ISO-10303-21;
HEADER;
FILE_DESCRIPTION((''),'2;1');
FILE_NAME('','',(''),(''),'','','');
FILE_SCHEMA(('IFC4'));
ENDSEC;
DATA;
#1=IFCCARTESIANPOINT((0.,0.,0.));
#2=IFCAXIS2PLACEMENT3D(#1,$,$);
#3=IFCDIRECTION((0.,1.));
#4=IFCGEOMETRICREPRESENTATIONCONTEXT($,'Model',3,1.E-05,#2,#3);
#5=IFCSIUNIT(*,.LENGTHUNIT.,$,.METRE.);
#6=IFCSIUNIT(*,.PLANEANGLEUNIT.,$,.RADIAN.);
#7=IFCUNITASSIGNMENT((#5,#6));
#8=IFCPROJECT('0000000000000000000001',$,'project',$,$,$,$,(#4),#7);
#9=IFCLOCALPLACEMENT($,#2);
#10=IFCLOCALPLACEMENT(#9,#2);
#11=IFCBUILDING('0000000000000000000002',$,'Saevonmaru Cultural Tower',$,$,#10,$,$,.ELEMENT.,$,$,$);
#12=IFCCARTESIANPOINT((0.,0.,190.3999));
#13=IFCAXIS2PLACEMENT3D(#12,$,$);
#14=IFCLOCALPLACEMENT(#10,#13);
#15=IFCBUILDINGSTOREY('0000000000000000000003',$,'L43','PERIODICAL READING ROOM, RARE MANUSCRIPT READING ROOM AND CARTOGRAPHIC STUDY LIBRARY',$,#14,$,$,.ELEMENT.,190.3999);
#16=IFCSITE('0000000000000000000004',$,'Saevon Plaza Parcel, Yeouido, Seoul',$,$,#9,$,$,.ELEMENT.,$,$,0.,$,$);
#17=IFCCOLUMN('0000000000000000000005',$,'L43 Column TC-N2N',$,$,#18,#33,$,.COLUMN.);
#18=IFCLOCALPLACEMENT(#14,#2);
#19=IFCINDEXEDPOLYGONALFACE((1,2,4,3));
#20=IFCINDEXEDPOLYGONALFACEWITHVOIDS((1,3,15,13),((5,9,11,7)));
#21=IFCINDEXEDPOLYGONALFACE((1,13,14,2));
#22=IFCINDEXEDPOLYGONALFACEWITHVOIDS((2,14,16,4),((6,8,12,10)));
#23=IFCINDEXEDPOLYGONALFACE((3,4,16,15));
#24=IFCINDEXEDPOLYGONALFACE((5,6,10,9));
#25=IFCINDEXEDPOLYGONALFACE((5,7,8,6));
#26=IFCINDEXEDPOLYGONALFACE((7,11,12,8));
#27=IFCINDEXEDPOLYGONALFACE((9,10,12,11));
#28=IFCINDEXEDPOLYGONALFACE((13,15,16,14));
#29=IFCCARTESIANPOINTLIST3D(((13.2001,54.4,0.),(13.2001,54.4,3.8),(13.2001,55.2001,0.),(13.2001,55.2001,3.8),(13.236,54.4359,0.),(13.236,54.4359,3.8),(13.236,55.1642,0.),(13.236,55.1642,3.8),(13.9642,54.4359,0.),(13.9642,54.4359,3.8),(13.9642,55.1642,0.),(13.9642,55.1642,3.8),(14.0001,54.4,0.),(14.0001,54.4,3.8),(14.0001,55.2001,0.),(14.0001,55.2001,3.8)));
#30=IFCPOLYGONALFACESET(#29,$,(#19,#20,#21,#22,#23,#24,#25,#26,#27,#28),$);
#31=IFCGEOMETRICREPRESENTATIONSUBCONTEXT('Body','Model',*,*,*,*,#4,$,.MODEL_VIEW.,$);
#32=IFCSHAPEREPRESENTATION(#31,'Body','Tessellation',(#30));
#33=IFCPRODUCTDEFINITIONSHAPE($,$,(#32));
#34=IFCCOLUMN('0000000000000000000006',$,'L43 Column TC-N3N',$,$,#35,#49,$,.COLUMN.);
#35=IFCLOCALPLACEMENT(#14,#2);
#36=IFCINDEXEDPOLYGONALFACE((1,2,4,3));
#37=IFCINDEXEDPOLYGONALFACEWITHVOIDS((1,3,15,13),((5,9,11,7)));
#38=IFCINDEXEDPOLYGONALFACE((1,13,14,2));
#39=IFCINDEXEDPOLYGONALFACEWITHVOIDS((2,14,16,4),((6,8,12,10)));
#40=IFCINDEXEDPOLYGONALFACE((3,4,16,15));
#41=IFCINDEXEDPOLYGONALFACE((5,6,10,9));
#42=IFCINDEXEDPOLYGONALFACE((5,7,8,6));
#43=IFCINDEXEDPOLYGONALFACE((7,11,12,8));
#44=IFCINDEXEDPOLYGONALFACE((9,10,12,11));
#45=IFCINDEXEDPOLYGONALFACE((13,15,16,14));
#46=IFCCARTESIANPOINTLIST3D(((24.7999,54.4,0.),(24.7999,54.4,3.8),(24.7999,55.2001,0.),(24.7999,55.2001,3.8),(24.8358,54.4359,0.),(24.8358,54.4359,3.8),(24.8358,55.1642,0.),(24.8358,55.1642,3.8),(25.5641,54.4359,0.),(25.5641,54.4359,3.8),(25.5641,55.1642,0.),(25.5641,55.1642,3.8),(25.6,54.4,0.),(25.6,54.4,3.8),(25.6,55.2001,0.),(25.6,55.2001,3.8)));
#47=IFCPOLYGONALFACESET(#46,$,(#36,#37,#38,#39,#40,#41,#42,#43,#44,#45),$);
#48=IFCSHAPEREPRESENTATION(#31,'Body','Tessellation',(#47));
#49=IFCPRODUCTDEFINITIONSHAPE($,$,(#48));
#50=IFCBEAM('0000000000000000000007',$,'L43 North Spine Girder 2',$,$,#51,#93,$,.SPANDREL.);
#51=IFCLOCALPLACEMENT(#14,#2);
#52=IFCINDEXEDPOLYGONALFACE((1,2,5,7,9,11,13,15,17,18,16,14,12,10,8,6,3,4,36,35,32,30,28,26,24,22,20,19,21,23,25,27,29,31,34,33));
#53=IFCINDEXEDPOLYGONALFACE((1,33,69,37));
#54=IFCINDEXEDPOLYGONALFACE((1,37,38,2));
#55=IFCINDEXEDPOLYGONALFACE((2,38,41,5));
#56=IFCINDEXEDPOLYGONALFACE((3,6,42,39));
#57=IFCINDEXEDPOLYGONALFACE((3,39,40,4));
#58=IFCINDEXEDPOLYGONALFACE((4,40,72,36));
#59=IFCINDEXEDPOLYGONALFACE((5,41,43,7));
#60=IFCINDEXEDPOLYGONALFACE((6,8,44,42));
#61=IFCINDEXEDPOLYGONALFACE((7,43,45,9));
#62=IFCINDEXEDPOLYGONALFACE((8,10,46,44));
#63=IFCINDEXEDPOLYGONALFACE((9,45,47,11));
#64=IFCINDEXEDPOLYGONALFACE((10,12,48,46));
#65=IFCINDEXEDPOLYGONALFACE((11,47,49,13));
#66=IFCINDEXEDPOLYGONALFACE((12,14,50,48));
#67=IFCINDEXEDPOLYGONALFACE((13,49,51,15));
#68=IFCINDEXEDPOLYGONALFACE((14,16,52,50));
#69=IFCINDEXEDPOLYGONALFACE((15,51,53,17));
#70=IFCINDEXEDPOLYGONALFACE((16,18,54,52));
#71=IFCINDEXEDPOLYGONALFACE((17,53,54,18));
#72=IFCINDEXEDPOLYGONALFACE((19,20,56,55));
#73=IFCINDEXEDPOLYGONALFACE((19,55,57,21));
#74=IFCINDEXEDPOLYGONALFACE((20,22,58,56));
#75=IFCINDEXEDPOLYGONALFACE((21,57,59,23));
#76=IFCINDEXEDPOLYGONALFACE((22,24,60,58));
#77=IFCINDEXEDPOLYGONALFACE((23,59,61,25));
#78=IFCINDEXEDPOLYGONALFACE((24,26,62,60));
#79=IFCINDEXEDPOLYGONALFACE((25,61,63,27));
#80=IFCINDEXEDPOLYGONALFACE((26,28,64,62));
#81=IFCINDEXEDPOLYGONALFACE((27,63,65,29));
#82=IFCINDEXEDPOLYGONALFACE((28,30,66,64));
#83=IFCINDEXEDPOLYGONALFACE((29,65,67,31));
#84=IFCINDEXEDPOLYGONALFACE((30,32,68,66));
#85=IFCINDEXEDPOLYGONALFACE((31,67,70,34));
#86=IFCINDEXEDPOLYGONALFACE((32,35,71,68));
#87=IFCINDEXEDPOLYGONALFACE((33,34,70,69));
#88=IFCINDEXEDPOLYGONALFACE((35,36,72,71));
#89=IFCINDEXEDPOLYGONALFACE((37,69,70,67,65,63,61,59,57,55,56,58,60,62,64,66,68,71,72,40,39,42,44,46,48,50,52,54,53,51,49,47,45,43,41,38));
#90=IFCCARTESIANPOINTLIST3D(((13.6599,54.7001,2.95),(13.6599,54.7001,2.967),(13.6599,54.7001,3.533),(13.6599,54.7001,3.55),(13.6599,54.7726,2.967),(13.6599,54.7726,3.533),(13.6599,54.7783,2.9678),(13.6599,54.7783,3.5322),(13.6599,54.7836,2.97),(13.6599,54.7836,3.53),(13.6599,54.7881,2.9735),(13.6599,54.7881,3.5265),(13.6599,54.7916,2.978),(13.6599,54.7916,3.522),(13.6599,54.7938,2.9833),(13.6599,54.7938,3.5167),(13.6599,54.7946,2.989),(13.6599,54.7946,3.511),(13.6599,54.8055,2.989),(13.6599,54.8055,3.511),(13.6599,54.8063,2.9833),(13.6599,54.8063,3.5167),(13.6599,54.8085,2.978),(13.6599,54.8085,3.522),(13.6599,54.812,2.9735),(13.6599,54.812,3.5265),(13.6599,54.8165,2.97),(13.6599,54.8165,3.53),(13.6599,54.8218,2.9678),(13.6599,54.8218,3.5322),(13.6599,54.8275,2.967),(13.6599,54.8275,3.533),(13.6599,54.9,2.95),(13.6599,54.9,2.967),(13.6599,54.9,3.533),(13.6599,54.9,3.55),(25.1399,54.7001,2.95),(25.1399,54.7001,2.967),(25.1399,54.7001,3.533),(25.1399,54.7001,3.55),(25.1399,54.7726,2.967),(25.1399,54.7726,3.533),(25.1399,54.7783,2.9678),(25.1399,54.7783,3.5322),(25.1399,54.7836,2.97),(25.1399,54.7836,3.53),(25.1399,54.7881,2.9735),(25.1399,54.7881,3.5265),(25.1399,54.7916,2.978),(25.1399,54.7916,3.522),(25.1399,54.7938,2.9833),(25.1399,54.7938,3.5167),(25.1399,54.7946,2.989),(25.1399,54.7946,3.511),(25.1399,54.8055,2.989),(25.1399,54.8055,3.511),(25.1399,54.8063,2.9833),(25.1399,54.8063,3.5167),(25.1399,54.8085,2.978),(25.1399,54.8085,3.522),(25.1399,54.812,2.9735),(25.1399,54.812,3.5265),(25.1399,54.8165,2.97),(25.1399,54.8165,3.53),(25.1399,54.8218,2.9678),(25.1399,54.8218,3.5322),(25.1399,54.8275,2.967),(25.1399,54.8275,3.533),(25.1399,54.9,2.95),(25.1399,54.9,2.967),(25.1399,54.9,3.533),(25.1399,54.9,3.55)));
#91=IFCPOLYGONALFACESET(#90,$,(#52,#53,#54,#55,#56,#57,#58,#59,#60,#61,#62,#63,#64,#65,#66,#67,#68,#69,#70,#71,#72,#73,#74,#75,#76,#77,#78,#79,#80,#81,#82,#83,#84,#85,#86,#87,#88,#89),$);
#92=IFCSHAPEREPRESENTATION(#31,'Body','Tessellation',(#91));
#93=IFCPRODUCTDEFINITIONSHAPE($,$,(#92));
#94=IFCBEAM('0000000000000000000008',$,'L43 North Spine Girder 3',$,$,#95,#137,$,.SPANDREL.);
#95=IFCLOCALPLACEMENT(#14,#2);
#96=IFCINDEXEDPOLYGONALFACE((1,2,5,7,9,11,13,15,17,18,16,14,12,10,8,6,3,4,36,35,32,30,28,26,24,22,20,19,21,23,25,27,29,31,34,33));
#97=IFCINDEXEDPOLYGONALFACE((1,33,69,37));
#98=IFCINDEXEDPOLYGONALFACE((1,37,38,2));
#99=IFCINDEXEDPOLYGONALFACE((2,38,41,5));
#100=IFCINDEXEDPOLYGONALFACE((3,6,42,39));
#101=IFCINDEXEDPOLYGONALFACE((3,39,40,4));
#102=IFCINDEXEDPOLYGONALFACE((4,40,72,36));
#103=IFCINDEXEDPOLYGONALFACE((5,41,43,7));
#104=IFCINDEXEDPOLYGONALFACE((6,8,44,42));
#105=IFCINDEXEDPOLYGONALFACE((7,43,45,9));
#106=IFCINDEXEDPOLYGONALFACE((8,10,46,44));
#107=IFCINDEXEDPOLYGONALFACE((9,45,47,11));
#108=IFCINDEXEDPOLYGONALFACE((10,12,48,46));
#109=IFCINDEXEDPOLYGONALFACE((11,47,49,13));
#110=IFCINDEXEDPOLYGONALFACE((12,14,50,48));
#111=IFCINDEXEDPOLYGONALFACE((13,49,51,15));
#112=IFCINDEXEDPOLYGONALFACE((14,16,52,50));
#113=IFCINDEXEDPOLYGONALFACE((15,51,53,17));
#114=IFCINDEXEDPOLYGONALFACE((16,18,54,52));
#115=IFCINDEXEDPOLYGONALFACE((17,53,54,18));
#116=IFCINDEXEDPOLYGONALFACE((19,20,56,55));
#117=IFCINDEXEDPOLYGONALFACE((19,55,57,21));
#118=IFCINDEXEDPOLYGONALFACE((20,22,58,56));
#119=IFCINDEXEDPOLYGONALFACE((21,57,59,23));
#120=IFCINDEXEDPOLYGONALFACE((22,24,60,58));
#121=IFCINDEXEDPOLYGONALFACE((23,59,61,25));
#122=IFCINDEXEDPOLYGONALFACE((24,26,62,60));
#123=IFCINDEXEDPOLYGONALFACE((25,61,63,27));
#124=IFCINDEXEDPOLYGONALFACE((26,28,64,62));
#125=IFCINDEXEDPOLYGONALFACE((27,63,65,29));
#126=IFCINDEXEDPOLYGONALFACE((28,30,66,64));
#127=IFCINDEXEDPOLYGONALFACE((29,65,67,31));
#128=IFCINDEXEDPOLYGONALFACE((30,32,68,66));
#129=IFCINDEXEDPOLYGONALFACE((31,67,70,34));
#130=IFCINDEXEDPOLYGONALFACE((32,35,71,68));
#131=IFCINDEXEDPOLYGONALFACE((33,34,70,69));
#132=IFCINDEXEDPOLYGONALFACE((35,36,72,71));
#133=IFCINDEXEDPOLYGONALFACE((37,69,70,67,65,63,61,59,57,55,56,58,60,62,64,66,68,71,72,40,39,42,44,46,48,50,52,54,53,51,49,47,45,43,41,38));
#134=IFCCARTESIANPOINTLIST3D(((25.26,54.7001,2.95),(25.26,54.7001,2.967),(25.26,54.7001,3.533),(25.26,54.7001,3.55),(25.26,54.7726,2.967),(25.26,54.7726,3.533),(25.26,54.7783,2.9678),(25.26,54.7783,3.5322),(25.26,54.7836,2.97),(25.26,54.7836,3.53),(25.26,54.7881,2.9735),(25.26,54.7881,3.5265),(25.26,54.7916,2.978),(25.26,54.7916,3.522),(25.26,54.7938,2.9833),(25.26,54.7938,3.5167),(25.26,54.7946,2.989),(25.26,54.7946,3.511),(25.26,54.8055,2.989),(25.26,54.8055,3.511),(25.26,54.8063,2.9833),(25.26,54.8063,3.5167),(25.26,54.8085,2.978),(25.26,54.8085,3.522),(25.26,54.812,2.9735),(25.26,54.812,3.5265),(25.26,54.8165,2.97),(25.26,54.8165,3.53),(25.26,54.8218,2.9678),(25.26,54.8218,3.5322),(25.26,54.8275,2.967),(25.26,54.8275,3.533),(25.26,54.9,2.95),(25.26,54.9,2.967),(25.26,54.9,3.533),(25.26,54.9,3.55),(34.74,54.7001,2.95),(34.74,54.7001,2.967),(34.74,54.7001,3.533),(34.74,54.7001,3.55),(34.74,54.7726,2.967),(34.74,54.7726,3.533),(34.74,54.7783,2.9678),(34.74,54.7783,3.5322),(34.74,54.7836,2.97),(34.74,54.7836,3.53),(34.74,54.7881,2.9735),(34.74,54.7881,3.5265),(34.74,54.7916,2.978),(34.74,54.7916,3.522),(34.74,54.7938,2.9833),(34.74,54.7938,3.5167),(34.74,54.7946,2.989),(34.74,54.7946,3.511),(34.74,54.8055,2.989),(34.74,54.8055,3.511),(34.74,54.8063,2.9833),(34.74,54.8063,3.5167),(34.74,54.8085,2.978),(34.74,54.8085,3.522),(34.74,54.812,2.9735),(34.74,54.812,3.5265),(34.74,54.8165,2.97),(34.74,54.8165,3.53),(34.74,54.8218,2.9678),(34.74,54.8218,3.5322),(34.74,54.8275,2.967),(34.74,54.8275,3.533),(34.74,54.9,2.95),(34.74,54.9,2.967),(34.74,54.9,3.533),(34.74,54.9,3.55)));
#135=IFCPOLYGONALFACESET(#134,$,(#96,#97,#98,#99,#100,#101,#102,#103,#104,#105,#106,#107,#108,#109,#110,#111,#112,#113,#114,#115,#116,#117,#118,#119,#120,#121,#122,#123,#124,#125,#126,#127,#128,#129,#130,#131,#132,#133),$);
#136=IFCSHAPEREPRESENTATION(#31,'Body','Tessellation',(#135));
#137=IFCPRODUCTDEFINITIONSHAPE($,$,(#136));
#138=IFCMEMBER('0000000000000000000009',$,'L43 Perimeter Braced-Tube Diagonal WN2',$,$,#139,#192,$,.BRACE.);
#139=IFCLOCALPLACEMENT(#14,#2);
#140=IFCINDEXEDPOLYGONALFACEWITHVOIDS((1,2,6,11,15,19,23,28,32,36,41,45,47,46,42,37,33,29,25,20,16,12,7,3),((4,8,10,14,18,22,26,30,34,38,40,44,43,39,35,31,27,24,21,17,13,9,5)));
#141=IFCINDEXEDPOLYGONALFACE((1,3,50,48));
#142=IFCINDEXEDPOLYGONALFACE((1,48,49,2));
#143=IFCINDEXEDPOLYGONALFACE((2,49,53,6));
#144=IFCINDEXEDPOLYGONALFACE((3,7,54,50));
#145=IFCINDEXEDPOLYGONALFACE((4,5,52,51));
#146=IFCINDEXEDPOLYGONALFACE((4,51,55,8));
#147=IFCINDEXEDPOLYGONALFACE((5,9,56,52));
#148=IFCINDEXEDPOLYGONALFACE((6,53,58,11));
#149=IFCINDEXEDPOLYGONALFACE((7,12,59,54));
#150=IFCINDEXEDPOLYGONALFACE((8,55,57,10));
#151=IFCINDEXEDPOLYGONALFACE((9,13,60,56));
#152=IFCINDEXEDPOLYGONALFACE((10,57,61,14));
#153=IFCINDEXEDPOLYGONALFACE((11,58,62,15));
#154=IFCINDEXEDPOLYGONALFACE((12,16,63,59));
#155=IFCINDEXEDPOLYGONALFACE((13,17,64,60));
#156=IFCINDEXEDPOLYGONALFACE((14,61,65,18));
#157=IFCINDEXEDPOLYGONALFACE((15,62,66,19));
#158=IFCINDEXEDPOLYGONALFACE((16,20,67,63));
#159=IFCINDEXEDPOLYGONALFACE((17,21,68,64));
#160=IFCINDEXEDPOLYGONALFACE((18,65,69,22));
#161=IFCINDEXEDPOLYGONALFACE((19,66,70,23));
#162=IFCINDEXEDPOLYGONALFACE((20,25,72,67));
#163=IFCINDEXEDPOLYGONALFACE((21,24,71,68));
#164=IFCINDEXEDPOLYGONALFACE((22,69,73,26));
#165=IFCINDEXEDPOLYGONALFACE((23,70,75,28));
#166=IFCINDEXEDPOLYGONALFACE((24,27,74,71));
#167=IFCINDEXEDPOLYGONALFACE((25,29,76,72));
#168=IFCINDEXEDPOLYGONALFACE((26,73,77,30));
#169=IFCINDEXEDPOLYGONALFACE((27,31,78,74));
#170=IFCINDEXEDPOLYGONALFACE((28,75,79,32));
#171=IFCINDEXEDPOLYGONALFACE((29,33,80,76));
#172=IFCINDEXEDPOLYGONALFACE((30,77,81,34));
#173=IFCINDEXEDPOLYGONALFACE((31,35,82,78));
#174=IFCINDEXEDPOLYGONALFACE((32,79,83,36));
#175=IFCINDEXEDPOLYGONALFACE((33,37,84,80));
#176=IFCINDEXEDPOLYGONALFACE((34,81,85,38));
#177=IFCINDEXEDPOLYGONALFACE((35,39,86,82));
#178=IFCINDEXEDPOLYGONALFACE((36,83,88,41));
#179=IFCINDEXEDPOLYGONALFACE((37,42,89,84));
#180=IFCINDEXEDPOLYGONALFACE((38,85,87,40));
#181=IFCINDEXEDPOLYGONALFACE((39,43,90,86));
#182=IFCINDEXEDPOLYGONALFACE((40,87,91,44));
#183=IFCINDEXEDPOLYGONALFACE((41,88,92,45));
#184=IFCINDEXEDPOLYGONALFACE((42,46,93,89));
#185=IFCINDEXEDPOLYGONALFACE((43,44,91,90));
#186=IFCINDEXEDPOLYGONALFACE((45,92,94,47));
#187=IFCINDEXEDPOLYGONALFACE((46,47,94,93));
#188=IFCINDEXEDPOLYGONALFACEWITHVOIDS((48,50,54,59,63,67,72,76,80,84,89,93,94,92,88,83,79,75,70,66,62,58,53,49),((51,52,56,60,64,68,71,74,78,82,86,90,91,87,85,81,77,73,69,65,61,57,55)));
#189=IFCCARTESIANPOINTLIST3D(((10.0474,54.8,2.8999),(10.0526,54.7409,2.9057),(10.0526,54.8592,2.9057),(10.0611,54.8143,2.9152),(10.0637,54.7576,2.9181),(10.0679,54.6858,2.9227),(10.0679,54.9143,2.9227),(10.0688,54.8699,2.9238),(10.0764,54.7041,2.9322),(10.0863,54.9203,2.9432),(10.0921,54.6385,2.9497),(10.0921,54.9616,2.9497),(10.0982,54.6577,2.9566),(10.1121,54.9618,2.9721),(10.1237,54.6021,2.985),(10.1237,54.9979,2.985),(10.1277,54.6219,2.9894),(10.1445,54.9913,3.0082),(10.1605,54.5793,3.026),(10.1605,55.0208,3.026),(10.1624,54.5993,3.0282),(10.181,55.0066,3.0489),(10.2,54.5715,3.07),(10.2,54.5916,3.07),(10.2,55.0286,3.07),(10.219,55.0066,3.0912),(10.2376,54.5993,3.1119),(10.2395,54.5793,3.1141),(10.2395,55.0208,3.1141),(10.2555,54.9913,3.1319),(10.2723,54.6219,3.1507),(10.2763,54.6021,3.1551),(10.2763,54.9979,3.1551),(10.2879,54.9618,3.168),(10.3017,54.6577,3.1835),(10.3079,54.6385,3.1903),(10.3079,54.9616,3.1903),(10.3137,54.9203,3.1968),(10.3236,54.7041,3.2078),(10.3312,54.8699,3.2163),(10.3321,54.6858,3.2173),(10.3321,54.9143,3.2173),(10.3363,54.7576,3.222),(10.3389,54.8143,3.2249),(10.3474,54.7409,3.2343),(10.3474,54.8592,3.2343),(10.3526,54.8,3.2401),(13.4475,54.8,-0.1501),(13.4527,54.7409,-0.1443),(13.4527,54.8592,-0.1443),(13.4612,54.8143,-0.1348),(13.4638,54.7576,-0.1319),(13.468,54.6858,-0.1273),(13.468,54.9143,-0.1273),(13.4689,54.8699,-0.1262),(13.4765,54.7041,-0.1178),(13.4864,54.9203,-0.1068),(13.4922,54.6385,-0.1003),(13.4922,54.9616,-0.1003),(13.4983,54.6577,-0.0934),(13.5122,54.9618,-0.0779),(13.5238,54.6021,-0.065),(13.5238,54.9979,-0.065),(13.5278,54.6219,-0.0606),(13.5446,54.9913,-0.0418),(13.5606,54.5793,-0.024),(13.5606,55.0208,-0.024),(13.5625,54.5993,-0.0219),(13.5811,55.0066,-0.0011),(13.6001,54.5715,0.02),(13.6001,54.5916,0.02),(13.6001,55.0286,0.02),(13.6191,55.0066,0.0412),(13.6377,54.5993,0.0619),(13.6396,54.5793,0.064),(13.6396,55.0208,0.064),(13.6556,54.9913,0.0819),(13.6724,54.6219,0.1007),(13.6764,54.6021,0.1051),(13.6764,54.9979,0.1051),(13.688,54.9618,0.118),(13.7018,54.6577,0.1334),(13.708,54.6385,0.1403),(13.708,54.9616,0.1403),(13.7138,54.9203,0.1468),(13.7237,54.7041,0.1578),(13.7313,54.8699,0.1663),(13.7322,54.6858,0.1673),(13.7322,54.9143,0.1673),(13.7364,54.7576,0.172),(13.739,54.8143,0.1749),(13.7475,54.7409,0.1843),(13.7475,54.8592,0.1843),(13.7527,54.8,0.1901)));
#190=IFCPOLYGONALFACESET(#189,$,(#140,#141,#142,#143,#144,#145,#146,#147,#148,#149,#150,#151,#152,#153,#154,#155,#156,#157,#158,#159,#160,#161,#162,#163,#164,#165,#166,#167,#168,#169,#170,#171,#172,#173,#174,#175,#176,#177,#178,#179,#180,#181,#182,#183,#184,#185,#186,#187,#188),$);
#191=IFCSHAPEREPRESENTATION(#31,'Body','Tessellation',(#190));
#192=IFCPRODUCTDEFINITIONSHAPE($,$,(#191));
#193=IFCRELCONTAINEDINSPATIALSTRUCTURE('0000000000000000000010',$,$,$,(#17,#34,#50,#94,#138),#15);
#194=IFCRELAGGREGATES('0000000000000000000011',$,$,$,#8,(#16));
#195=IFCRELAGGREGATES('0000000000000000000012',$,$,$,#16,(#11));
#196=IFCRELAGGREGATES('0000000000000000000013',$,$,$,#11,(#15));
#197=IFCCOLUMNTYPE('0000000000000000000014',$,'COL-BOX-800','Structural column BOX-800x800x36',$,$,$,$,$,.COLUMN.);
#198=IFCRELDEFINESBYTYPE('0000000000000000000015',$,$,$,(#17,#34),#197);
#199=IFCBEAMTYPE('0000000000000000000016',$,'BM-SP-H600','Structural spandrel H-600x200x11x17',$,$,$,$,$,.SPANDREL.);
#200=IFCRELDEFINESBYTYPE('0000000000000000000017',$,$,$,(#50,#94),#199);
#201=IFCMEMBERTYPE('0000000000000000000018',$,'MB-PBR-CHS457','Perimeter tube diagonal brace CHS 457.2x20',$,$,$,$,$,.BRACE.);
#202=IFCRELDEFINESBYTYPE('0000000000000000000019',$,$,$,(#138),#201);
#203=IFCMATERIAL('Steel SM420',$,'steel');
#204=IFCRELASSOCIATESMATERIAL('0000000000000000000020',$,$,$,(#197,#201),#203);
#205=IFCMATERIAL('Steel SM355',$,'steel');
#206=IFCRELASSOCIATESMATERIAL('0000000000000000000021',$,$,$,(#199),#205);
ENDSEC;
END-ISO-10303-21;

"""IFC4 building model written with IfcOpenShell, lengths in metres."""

from ifc_helpers import new_model, si_unit, direction, frame, origin, origin_2d, place, context, subcontext, project, spatial, hollow_rectangle, hollow_circle, i_section, extrude, material, material_profile, profile_set, type_object, element, save


model = new_model("IFC4")

# Units and contexts
model_context = context("Model", 3, precision=1e-05, world=origin(), true_north=direction((0.0, 1.0)))
body_context = subcontext(model_context, "Body", "Model", "MODEL_VIEW")
ifc_project = project(units=[si_unit("LENGTHUNIT", "METRE"), si_unit("PLANEANGLEUNIT", "RADIAN")], contexts=[model_context])

# Site, building, storey
site_placement = place(None, origin())
site = spatial("IfcSite", under=ifc_project, at=site_placement, Name="Saevon Plaza Parcel, Yeouido, Seoul", CompositionType="ELEMENT", RefElevation=0.0)
building_placement = place(site_placement, origin())
building = spatial("IfcBuilding", under=site, at=building_placement, Name="Saevonmaru Cultural Tower", CompositionType="ELEMENT")
storey_placement = place(building_placement, frame((0.0, 0.0, 190.3999)))
storey = spatial("IfcBuildingStorey", under=building, at=storey_placement, Name="L43", Description="PERIODICAL READING ROOM, RARE MANUSCRIPT READING ROOM AND CARTOGRAPHIC STUDY LIBRARY", CompositionType="ELEMENT", Elevation=190.3999)

# Columns
ifc_material_1 = material(Name="Steel SM420", Category="steel")
ifc_material_profile_1 = material_profile(ifc_material_1, hollow_rectangle(XDim=0.8, YDim=0.8, WallThickness=0.0359, at=origin_2d()), Name="BOX-800x800x36")
ifc_profile_set_1 = profile_set([ifc_material_profile_1], Name="Steel SM420")
column_type = type_object("IfcColumnType", Name="COL-BOX-800", Description="Structural column BOX-800x800x36", PredefinedType="COLUMN", material=ifc_profile_set_1)
for number, where, z_axis, x_axis, name in (
    (1, (13.6001, 54.8, 0.0), (0.0, 0.0, 1.0), (1.0, 0.0, 0.0), "L43 Column TC-N2N"),
    (2, (25.2, 54.8, 0.0), (0.0, 0.0, 1.0), (1.0, 0.0, 0.0), "L43 Column TC-N3N"),
):
    element("IfcColumn", number, at=place(storey_placement, frame(where, z_axis=z_axis, x_axis=x_axis)), inside=storey, type_object=column_type, Name=name, PredefinedType="COLUMN", context=body_context, shape_type="SweptSolid", body=[
        extrude(hollow_rectangle(XDim=0.8, YDim=0.8, WallThickness=0.0359, at=origin_2d()), origin(), (0.0, 0.0, 1.0), 3.8),
    ])

# Beams
ifc_material_2 = material(Name="Steel SM355", Category="steel")
ifc_material_profile_2 = material_profile(ifc_material_2, i_section(OverallWidth=0.2, OverallDepth=0.6001, WebThickness=0.011, FlangeThickness=0.0171, FilletRadius=0.022, at=origin_2d()), Name="H-600x200x11x17")
ifc_profile_set_2 = profile_set([ifc_material_profile_2], Name="Steel SM355")
beam_type = type_object("IfcBeamType", Name="BM-SP-H600", Description="Structural spandrel H-600x200x11x17", PredefinedType="SPANDREL", material=ifc_profile_set_2)
beam_1_placement = place(storey_placement, frame((13.6599, 54.8, 3.25), z_axis=(1.0, 0.0, 0.0), x_axis=(0.0, 1.0, 0.0)))
element("IfcBeam", 3, at=beam_1_placement, inside=storey, type_object=beam_type, Name="L43 North Spine Girder 2", PredefinedType="SPANDREL", context=body_context, shape_type="SweptSolid", body=[
    extrude(i_section(OverallWidth=0.2, OverallDepth=0.6001, WebThickness=0.011, FlangeThickness=0.0171, FilletRadius=0.022, at=origin_2d()), origin(), (0.0, 0.0, 1.0), 11.48),
])
beam_2_placement = place(storey_placement, frame((25.26, 54.8, 3.25), z_axis=(1.0, 0.0, 0.0), x_axis=(0.0, 1.0, 0.0)))
element("IfcBeam", 4, at=beam_2_placement, inside=storey, type_object=beam_type, Name="L43 North Spine Girder 3", PredefinedType="SPANDREL", context=body_context, shape_type="SweptSolid", body=[
    extrude(i_section(OverallWidth=0.2, OverallDepth=0.6001, WebThickness=0.011, FlangeThickness=0.0171, FilletRadius=0.022, at=origin_2d()), origin(), (0.0, 0.0, 1.0), 9.48),
])

# Member
ifc_material_profile_3 = material_profile(ifc_material_1, hollow_circle(Radius=0.2285, WallThickness=0.02, at=origin_2d()), Name="CHS-457.2x20")
ifc_profile_set_3 = profile_set([ifc_material_profile_3], Name="Steel SM420")
member_type_1 = type_object("IfcMemberType", Name="MB-PBR-CHS457", Description="Perimeter tube diagonal brace CHS 457.2x20", PredefinedType="BRACE", material=ifc_profile_set_3)
member_1_placement = place(storey_placement, frame((13.6001, 54.8, 0.02), z_axis=(-0.744391, 0.0, 0.667744), x_axis=(0.0, -1.0, 0.0)))
element("IfcMember", 5, at=member_1_placement, inside=storey, type_object=member_type_1, Name="L43 Perimeter Braced-Tube Diagonal WN2", PredefinedType="BRACE", context=body_context, shape_type="SweptSolid", body=[
    extrude(hollow_circle(Radius=0.2285, WallThickness=0.02, at=origin_2d()), origin(), (0.0, 0.0, 1.0), 4.5676),
])

save(model, "model.ifc")
